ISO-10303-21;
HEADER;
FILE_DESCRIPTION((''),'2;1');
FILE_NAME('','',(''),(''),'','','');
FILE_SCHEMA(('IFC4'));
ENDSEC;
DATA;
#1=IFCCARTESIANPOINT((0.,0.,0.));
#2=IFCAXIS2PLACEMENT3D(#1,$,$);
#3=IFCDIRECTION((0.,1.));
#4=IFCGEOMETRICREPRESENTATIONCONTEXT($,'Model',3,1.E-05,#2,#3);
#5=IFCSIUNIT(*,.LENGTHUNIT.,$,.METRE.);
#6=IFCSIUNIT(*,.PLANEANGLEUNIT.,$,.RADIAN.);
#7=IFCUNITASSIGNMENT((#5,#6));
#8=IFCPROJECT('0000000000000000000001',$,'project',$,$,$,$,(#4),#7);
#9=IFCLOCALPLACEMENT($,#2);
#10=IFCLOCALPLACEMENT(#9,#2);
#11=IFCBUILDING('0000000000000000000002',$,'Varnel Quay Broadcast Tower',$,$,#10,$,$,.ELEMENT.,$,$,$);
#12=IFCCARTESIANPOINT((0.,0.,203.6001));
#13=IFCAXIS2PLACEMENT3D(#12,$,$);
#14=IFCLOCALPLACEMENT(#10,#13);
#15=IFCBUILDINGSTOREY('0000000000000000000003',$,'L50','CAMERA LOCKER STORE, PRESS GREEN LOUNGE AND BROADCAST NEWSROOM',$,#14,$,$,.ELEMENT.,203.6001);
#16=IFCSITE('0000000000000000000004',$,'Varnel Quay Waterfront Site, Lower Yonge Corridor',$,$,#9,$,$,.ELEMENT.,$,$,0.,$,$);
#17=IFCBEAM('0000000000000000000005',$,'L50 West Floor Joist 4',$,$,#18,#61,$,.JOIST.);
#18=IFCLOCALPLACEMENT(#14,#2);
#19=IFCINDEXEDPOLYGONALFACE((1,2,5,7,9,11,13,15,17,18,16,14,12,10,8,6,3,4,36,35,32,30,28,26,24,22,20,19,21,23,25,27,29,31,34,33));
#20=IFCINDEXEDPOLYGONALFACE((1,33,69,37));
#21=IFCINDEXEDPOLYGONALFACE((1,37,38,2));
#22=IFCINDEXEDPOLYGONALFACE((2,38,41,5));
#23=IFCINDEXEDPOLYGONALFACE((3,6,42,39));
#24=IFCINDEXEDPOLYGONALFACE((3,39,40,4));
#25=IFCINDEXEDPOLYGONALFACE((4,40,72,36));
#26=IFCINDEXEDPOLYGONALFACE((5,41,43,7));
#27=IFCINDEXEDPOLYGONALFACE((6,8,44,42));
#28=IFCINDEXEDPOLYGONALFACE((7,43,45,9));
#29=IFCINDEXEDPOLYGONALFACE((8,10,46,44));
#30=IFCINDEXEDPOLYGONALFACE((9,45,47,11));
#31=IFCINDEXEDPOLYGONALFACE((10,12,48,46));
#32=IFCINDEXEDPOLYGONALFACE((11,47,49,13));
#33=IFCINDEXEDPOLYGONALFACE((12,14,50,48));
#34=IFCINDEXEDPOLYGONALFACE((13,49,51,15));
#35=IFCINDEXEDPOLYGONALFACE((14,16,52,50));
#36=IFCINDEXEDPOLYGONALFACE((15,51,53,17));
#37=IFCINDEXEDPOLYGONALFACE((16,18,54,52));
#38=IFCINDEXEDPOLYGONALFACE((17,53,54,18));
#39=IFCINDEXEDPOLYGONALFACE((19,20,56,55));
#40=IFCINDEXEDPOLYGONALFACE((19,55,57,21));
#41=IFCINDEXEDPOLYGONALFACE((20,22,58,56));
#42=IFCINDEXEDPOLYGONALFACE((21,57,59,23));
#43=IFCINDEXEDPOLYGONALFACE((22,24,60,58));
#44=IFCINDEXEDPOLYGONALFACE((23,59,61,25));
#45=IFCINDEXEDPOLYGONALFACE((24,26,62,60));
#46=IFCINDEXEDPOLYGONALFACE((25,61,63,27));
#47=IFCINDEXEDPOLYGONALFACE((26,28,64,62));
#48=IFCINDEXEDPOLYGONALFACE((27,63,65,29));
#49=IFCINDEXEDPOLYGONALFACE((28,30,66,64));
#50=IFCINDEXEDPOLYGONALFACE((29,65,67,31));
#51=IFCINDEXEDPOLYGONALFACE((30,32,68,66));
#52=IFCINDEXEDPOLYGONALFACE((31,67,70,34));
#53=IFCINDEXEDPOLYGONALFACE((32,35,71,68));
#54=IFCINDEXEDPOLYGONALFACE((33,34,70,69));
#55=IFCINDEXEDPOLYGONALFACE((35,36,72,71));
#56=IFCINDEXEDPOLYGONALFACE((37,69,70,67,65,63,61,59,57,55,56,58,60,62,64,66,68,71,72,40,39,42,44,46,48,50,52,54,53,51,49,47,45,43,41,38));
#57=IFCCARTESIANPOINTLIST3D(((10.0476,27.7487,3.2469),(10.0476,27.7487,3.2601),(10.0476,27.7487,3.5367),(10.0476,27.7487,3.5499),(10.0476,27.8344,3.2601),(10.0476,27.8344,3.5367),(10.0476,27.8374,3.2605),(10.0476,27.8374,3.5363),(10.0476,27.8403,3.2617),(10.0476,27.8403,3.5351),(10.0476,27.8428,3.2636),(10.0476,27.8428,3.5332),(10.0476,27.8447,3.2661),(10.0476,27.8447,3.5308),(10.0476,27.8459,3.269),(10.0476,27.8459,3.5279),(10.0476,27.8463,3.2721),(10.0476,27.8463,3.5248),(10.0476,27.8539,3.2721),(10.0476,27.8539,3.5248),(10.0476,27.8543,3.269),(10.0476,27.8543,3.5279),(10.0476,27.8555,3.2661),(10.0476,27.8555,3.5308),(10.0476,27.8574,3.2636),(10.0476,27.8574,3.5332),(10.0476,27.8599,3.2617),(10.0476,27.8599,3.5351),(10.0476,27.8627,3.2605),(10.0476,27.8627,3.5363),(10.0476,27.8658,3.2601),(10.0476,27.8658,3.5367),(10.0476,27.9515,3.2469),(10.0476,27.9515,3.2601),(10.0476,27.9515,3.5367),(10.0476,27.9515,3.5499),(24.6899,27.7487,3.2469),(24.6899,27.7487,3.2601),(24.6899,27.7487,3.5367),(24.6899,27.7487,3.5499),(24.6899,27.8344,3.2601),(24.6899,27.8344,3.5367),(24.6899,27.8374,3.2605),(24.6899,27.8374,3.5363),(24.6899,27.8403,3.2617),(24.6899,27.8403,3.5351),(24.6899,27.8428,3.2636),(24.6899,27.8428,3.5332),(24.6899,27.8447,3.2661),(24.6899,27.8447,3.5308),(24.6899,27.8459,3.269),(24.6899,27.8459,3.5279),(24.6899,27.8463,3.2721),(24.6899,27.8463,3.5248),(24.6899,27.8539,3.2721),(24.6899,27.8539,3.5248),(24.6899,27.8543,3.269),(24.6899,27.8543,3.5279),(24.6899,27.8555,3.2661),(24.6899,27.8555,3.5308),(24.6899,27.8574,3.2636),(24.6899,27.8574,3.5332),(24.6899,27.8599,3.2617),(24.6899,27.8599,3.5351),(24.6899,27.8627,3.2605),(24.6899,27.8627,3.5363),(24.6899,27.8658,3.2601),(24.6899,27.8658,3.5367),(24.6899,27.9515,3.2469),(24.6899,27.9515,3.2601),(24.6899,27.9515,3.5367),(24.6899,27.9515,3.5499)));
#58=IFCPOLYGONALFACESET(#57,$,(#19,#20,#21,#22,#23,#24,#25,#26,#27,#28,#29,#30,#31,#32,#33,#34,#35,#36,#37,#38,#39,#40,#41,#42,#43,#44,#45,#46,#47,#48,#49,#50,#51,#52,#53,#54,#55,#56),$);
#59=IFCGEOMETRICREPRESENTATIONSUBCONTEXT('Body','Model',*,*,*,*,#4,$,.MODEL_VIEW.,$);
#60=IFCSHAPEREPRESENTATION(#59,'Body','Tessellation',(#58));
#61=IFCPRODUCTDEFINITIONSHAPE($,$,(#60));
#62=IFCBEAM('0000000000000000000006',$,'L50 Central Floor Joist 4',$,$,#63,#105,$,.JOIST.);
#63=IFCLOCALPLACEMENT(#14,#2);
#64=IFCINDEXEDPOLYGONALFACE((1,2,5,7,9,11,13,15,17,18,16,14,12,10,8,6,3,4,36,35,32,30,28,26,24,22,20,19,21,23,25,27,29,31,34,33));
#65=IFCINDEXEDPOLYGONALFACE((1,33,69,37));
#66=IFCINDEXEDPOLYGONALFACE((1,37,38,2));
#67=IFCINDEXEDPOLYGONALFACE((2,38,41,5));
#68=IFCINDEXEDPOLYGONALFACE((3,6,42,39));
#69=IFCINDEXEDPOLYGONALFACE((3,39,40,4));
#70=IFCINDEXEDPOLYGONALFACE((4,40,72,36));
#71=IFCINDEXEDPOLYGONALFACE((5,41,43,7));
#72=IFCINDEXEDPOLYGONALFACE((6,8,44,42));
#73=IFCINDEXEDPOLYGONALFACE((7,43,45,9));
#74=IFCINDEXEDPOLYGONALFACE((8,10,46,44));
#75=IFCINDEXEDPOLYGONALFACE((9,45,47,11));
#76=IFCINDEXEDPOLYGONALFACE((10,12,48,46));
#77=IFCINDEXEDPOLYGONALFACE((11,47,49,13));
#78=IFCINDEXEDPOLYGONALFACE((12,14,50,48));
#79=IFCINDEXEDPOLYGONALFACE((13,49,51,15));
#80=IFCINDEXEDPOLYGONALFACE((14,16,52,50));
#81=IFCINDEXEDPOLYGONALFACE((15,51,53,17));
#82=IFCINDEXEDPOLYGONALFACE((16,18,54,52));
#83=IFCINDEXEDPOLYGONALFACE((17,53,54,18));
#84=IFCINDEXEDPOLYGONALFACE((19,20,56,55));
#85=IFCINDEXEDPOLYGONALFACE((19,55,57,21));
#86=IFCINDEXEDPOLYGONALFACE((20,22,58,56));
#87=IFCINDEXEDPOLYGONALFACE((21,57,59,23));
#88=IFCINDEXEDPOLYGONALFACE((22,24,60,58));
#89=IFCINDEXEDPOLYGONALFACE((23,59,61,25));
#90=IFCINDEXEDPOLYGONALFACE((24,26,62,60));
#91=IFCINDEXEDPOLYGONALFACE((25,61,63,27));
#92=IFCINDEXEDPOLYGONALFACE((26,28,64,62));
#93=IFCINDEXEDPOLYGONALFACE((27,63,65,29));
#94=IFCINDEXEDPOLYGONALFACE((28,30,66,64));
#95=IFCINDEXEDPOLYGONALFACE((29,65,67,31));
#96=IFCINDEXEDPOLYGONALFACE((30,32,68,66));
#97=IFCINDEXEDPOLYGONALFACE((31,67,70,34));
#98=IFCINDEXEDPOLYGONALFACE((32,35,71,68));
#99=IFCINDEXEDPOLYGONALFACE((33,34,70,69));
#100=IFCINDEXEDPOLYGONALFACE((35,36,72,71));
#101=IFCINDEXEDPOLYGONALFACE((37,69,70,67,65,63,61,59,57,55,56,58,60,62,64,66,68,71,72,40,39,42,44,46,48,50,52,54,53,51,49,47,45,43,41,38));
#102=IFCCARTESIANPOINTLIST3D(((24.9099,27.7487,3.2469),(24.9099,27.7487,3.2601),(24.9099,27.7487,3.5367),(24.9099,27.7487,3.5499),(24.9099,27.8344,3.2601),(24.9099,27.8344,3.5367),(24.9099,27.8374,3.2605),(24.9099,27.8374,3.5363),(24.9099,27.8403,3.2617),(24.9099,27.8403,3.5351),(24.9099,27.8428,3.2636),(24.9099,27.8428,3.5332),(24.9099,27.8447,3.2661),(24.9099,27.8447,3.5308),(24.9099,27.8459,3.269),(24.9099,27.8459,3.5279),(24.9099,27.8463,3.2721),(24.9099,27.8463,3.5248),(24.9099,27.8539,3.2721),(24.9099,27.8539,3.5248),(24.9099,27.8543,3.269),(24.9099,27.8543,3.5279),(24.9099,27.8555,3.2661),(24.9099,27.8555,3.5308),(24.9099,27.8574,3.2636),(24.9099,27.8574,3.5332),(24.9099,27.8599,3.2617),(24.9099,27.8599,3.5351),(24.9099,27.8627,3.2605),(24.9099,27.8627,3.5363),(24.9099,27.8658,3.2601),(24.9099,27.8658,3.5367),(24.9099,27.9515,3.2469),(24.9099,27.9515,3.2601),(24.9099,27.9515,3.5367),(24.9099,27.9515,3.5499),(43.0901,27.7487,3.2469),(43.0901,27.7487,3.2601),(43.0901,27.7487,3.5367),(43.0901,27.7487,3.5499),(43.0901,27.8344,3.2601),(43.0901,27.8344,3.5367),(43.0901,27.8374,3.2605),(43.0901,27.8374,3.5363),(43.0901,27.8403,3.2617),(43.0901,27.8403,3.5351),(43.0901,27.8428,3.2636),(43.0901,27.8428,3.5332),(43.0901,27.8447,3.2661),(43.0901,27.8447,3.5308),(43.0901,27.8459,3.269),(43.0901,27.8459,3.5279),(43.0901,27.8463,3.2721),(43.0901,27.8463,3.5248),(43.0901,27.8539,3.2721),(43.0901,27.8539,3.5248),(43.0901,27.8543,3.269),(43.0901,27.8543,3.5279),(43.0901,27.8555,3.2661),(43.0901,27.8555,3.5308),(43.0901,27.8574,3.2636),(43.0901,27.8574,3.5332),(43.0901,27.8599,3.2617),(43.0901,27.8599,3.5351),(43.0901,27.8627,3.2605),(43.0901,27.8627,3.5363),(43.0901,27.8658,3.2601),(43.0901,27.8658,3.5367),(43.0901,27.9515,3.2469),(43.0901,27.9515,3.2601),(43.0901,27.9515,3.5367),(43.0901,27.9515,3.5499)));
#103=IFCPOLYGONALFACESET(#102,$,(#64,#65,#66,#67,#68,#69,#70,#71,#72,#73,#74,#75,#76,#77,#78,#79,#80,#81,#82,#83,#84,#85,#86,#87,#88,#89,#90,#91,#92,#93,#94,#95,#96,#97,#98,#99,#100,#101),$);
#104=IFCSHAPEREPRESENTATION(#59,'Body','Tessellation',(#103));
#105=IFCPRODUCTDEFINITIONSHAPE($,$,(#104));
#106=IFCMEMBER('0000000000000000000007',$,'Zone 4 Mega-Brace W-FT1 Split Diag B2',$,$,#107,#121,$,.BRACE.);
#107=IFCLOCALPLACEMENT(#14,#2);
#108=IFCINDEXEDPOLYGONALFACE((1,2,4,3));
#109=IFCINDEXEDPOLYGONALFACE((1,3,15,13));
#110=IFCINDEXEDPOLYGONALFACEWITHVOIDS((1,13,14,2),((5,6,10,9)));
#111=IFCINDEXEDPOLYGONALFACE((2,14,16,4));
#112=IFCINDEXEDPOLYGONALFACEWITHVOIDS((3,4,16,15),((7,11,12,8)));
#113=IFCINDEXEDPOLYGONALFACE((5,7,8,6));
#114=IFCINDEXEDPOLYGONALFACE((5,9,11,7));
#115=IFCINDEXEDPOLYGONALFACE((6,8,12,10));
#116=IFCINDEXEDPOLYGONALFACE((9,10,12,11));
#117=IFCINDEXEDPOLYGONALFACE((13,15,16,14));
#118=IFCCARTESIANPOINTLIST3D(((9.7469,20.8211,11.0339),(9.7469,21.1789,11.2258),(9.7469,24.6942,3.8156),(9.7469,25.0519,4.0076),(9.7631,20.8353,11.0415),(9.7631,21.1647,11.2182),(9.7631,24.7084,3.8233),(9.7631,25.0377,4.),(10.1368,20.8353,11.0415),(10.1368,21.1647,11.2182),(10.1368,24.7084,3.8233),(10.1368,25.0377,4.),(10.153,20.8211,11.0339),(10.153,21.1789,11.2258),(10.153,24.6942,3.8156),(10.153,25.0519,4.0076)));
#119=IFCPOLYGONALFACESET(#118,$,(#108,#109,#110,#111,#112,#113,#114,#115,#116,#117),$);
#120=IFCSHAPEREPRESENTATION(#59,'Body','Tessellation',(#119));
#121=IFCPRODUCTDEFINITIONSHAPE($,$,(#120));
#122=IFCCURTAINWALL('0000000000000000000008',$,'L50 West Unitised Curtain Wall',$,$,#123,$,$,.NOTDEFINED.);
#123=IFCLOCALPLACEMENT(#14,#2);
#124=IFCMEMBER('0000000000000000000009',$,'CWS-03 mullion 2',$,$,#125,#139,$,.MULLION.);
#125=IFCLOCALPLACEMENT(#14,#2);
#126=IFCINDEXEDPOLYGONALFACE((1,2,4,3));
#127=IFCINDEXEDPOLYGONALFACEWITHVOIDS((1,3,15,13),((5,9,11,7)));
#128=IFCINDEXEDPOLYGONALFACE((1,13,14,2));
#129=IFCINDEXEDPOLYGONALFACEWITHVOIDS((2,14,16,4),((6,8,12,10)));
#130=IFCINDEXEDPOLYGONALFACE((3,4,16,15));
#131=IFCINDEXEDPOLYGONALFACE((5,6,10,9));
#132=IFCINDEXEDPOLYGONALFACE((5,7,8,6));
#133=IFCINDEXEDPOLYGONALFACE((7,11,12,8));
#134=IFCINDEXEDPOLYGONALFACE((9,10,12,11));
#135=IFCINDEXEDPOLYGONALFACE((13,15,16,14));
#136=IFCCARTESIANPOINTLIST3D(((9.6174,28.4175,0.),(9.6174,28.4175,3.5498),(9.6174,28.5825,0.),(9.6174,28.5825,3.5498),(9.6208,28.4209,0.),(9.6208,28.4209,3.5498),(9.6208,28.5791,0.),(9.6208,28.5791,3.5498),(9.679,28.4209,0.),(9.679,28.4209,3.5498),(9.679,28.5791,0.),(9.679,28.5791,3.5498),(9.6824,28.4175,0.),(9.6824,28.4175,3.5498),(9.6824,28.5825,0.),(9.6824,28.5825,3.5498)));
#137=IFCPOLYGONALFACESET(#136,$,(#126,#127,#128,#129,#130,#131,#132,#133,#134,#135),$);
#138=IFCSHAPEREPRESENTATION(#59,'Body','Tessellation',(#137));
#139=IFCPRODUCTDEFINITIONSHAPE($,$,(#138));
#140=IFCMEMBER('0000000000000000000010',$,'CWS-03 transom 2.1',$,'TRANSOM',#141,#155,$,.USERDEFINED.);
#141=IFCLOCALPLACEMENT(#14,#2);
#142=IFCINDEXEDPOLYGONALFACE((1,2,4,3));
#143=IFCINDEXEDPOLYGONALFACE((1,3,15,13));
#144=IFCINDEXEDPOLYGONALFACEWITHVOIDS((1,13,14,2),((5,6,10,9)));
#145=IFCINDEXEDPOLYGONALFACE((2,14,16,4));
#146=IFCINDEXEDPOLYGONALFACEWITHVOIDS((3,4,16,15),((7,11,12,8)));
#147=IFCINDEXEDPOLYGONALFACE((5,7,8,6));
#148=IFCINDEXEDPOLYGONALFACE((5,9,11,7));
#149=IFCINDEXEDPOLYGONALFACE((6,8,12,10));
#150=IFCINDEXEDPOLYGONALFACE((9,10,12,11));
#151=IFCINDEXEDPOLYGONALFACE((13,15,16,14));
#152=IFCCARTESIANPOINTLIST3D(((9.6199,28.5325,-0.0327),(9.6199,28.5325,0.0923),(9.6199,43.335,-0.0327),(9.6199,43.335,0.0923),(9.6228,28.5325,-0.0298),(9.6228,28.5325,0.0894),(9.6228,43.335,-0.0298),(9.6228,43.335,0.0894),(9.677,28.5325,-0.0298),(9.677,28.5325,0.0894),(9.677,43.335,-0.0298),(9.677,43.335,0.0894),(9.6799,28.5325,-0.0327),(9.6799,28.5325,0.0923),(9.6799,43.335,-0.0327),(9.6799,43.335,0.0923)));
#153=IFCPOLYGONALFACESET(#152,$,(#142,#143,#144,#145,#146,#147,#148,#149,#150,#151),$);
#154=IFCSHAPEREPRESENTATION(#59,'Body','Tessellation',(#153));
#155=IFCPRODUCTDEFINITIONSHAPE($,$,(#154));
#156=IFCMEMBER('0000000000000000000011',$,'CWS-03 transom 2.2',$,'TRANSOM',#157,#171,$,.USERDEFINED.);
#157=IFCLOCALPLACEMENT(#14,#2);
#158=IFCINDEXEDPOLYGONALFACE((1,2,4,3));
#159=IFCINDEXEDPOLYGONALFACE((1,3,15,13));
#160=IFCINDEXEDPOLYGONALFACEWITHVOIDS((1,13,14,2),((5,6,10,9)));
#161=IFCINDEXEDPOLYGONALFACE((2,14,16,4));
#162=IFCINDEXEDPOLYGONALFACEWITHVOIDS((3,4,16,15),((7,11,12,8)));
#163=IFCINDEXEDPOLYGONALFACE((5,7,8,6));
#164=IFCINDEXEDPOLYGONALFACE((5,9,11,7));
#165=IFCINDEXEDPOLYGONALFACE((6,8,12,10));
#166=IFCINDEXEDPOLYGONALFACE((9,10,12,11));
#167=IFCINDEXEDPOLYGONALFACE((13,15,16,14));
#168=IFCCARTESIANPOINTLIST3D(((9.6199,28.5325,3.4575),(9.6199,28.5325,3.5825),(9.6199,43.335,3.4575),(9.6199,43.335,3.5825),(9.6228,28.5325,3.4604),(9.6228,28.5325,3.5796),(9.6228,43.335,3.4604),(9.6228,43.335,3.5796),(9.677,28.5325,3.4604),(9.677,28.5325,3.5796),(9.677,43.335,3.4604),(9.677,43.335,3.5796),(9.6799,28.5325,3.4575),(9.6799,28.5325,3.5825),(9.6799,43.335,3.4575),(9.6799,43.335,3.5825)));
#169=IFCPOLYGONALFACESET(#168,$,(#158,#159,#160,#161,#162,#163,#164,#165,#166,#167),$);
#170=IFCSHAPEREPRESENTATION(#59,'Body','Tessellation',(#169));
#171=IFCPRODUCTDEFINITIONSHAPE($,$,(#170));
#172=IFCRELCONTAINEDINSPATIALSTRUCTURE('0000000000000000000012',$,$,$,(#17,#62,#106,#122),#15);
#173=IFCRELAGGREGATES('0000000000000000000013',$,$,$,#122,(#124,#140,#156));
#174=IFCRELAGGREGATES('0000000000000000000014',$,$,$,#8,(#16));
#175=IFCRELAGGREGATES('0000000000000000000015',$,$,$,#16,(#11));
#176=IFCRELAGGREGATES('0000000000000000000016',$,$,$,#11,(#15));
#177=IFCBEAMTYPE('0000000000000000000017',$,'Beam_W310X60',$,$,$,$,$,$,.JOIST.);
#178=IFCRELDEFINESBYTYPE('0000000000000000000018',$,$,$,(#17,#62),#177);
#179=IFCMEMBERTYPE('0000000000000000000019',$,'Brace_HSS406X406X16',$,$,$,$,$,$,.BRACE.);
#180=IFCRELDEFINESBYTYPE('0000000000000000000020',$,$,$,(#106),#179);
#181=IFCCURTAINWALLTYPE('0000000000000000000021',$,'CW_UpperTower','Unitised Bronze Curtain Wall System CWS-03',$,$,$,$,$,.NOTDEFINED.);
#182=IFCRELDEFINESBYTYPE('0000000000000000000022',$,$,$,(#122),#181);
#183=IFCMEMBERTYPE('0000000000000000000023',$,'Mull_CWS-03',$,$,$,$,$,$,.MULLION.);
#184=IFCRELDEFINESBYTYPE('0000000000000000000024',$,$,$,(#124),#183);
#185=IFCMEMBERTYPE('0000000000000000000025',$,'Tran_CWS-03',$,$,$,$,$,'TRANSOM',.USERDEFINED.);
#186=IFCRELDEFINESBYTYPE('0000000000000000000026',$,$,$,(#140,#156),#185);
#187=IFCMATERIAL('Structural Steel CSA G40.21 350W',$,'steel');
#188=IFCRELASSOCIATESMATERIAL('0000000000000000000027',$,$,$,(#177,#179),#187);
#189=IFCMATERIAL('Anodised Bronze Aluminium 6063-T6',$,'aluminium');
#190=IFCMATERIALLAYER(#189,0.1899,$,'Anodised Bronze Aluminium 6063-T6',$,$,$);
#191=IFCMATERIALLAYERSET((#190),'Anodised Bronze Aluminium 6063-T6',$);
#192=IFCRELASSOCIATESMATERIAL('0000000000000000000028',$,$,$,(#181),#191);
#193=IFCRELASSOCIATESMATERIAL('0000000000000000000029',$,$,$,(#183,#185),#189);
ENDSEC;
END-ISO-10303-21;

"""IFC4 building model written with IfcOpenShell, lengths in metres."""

from ifc_helpers import new_model, si_unit, direction, frame, origin, origin_2d, place, context, subcontext, project, spatial, hollow_rectangle, i_section, extrude, source, transform, mapped, material, layer, layer_set, material_profile, profile_set, type_object, type_shapes, element, aggregate, save


model = new_model("IFC4")

# Units and contexts
model_context = context("Model", 3, precision=1e-05, world=origin(), true_north=direction((0.0, 1.0)))
body_context = subcontext(model_context, "Body", "Model", "MODEL_VIEW")
ifc_project = project(units=[si_unit("LENGTHUNIT", "METRE"), si_unit("PLANEANGLEUNIT", "RADIAN")], contexts=[model_context])

# Site, building, storey
site_placement = place(None, origin())
site = spatial("IfcSite", under=ifc_project, at=site_placement, Name="Varnel Quay Waterfront Site, Lower Yonge Corridor", CompositionType="ELEMENT", RefElevation=0.0)
building_placement = place(site_placement, origin())
building = spatial("IfcBuilding", under=site, at=building_placement, Name="Varnel Quay Broadcast Tower", CompositionType="ELEMENT")
storey_placement = place(building_placement, frame((0.0, 0.0, 203.6001)))
storey = spatial("IfcBuildingStorey", under=building, at=storey_placement, Name="L50", Description="CAMERA LOCKER STORE, PRESS GREEN LOUNGE AND BROADCAST NEWSROOM", CompositionType="ELEMENT", Elevation=203.6001)

# Shared definitions
ifc_material_1 = material(Name="Structural Steel CSA G40.21 350W", Category="steel")

# Beams
ifc_material_profile_1 = material_profile(ifc_material_1, i_section(OverallWidth=0.2029, OverallDepth=0.303, WebThickness=0.0076, FlangeThickness=0.0132, FilletRadius=0.012, at=origin_2d()), Name="W310X60")
ifc_profile_set_1 = profile_set([ifc_material_profile_1], Name="Structural Steel CSA G40.21 350W")
beam_type_1 = type_object("IfcBeamType", Name="Beam_W310X60", PredefinedType="JOIST", material=ifc_profile_set_1)
shared_shape_1 = source(origin(), body_context, "Body", "SweptSolid", [
    extrude(i_section(OverallWidth=0.2029, OverallDepth=0.303, WebThickness=0.0076, FlangeThickness=0.0132, FilletRadius=0.012, at=origin_2d()), origin(), (0.0, 0.0, 1.0), 14.6423),
])
beam_1_placement = place(storey_placement, frame((10.0476, 27.8501, 3.3984), z_axis=(1.0, 0.0, 0.0), x_axis=(0.0, 1.0, 0.0)))
element("IfcBeam", 1, at=beam_1_placement, inside=storey, type_object=beam_type_1, Name="L50 West Floor Joist 4", PredefinedType="JOIST", context=body_context, shape_type="MappedRepresentation", body=[
    mapped(shared_shape_1, transform((0.0, 0.0, 0.0), x_axis=(1.0, 0.0, 0.0), y_axis=(0.0, 1.0, 0.0), z_axis=(0.0, 0.0, 1.0), scale=1.0)),
])
shared_shape_2 = source(origin(), body_context, "Body", "SweptSolid", [
    extrude(i_section(OverallWidth=0.2029, OverallDepth=0.303, WebThickness=0.0076, FlangeThickness=0.0132, FilletRadius=0.012, at=origin_2d()), origin(), (0.0, 0.0, 1.0), 18.1802),
])
type_shapes(beam_type_1, [shared_shape_1, shared_shape_2])
beam_2_placement = place(storey_placement, frame((24.9099, 27.8501, 3.3984), z_axis=(1.0, 0.0, 0.0), x_axis=(0.0, 1.0, 0.0)))
element("IfcBeam", 2, at=beam_2_placement, inside=storey, type_object=beam_type_1, Name="L50 Central Floor Joist 4", PredefinedType="JOIST", context=body_context, shape_type="MappedRepresentation", body=[
    mapped(shared_shape_2, transform((0.0, 0.0, 0.0), x_axis=(1.0, 0.0, 0.0), y_axis=(0.0, 1.0, 0.0), z_axis=(0.0, 0.0, 1.0), scale=1.0)),
])

# Member
ifc_material_profile_2 = material_profile(ifc_material_1, hollow_rectangle(XDim=0.406, YDim=0.406, WallThickness=0.0161, at=origin_2d()), Name="HSS406X406X16")
ifc_profile_set_2 = profile_set([ifc_material_profile_2], Name="Structural Steel CSA G40.21 350W")
member_type_1 = type_object("IfcMemberType", Name="Brace_HSS406X406X16", PredefinedType="BRACE", material=ifc_profile_set_2)
shared_shape_3 = source(origin(), body_context, "Body", "SweptSolid", [
    extrude(hollow_rectangle(XDim=0.406, YDim=0.406, WallThickness=0.0161, at=origin_2d()), origin(), (0.0, 0.0, 1.0), 8.1917),
])
type_shapes(member_type_1, [shared_shape_3])
member_1_placement = place(storey_placement, frame((9.95, 24.873, 3.9116), z_axis=(0.0, -0.472802, 0.881169), x_axis=(1.0, 0.0, 0.0)))
element("IfcMember", 3, at=member_1_placement, inside=storey, type_object=member_type_1, Name="Zone 4 Mega-Brace W-FT1 Split Diag B2", PredefinedType="BRACE", context=body_context, shape_type="MappedRepresentation", body=[
    mapped(shared_shape_3, transform((0.0, 0.0, 0.0), x_axis=(1.0, 0.0, 0.0), y_axis=(0.0, 1.0, 0.0), z_axis=(0.0, 0.0, 1.0), scale=1.0)),
])

# Curtain wall, members
ifc_material_2 = material(Name="Anodised Bronze Aluminium 6063-T6", Category="aluminium")
ifc_layer_1 = layer(ifc_material_2, 0.1899, Name="Anodised Bronze Aluminium 6063-T6")
ifc_layer_set_1 = layer_set([ifc_layer_1], Name="Anodised Bronze Aluminium 6063-T6")
curtain_wall_type = type_object("IfcCurtainWallType", Name="CW_UpperTower", Description="Unitised Bronze Curtain Wall System CWS-03", PredefinedType="NOTDEFINED", material=ifc_layer_set_1)
curtain_wall_placement = place(storey_placement, origin())
curtain_wall = element("IfcCurtainWall", 4, at=curtain_wall_placement, inside=storey, type_object=curtain_wall_type, Name="L50 West Unitised Curtain Wall", PredefinedType="NOTDEFINED")
ifc_material_profile_3 = material_profile(ifc_material_2, hollow_rectangle(XDim=0.0649, YDim=0.165, WallThickness=0.0034, at=origin_2d()), Name="ALU65X165X3.5")
ifc_profile_set_3 = profile_set([ifc_material_profile_3], Name="Anodised Bronze Aluminium 6063-T6")
member_type_2 = type_object("IfcMemberType", Name="Mull_CWS-03", PredefinedType="MULLION", material=ifc_profile_set_3)
shared_shape_4 = source(origin(), body_context, "Body", "SweptSolid", [
    extrude(hollow_rectangle(XDim=0.0649, YDim=0.165, WallThickness=0.0034, at=origin_2d()), origin(), (0.0, 0.0, 1.0), 3.5498),
])
type_shapes(member_type_2, [shared_shape_4])
member_2_placement = place(storey_placement, frame((9.6499, 28.5, 0.0), z_axis=(0.0, 0.0, 1.0), x_axis=(-1.0, 0.0, 0.0)))
member_2 = element("IfcMember", 5, at=member_2_placement, type_object=member_type_2, Name="CWS-03 mullion 2", PredefinedType="MULLION", context=body_context, shape_type="MappedRepresentation", body=[
    mapped(shared_shape_4, transform((0.0, 0.0, 0.0), x_axis=(1.0, 0.0, 0.0), y_axis=(0.0, 1.0, 0.0), z_axis=(0.0, 0.0, 1.0), scale=1.0)),
])
ifc_material_profile_4 = material_profile(ifc_material_2, hollow_rectangle(XDim=0.0601, YDim=0.125, WallThickness=0.0029, at=origin_2d()), Name="ALU60X125X3")
ifc_profile_set_4 = profile_set([ifc_material_profile_4], Name="Anodised Bronze Aluminium 6063-T6")
member_type_3 = type_object("IfcMemberType", Name="Tran_CWS-03", ElementType="TRANSOM", PredefinedType="USERDEFINED", material=ifc_profile_set_4)
shared_shape_5 = source(origin(), body_context, "Body", "SweptSolid", [
    extrude(hollow_rectangle(XDim=0.0601, YDim=0.125, WallThickness=0.0029, at=origin_2d()), origin(), (0.0, 0.0, 1.0), 14.8025),
])
type_shapes(member_type_3, [shared_shape_5])
member_3_placement = place(storey_placement, frame((9.6499, 28.5325, 0.0298), z_axis=(0.0, 1.0, 0.0), x_axis=(-1.0, 0.0, 0.0)))
member_3 = element("IfcMember", 6, at=member_3_placement, type_object=member_type_3, Name="CWS-03 transom 2.1", ObjectType="TRANSOM", PredefinedType="USERDEFINED", context=body_context, shape_type="MappedRepresentation", body=[
    mapped(shared_shape_5, transform((0.0, 0.0, 0.0), x_axis=(1.0, 0.0, 0.0), y_axis=(0.0, 1.0, 0.0), z_axis=(0.0, 0.0, 1.0), scale=1.0)),
])
member_4_placement = place(storey_placement, frame((9.6499, 28.5325, 3.52), z_axis=(0.0, 1.0, 0.0), x_axis=(-1.0, 0.0, 0.0)))
member_4 = element("IfcMember", 7, at=member_4_placement, type_object=member_type_3, Name="CWS-03 transom 2.2", ObjectType="TRANSOM", PredefinedType="USERDEFINED", context=body_context, shape_type="MappedRepresentation", body=[
    mapped(shared_shape_5, transform((0.0, 0.0, 0.0), x_axis=(1.0, 0.0, 0.0), y_axis=(0.0, 1.0, 0.0), z_axis=(0.0, 0.0, 1.0), scale=1.0)),
])

aggregate(curtain_wall, [member_2, member_3, member_4])

save(model, "model.ifc")
